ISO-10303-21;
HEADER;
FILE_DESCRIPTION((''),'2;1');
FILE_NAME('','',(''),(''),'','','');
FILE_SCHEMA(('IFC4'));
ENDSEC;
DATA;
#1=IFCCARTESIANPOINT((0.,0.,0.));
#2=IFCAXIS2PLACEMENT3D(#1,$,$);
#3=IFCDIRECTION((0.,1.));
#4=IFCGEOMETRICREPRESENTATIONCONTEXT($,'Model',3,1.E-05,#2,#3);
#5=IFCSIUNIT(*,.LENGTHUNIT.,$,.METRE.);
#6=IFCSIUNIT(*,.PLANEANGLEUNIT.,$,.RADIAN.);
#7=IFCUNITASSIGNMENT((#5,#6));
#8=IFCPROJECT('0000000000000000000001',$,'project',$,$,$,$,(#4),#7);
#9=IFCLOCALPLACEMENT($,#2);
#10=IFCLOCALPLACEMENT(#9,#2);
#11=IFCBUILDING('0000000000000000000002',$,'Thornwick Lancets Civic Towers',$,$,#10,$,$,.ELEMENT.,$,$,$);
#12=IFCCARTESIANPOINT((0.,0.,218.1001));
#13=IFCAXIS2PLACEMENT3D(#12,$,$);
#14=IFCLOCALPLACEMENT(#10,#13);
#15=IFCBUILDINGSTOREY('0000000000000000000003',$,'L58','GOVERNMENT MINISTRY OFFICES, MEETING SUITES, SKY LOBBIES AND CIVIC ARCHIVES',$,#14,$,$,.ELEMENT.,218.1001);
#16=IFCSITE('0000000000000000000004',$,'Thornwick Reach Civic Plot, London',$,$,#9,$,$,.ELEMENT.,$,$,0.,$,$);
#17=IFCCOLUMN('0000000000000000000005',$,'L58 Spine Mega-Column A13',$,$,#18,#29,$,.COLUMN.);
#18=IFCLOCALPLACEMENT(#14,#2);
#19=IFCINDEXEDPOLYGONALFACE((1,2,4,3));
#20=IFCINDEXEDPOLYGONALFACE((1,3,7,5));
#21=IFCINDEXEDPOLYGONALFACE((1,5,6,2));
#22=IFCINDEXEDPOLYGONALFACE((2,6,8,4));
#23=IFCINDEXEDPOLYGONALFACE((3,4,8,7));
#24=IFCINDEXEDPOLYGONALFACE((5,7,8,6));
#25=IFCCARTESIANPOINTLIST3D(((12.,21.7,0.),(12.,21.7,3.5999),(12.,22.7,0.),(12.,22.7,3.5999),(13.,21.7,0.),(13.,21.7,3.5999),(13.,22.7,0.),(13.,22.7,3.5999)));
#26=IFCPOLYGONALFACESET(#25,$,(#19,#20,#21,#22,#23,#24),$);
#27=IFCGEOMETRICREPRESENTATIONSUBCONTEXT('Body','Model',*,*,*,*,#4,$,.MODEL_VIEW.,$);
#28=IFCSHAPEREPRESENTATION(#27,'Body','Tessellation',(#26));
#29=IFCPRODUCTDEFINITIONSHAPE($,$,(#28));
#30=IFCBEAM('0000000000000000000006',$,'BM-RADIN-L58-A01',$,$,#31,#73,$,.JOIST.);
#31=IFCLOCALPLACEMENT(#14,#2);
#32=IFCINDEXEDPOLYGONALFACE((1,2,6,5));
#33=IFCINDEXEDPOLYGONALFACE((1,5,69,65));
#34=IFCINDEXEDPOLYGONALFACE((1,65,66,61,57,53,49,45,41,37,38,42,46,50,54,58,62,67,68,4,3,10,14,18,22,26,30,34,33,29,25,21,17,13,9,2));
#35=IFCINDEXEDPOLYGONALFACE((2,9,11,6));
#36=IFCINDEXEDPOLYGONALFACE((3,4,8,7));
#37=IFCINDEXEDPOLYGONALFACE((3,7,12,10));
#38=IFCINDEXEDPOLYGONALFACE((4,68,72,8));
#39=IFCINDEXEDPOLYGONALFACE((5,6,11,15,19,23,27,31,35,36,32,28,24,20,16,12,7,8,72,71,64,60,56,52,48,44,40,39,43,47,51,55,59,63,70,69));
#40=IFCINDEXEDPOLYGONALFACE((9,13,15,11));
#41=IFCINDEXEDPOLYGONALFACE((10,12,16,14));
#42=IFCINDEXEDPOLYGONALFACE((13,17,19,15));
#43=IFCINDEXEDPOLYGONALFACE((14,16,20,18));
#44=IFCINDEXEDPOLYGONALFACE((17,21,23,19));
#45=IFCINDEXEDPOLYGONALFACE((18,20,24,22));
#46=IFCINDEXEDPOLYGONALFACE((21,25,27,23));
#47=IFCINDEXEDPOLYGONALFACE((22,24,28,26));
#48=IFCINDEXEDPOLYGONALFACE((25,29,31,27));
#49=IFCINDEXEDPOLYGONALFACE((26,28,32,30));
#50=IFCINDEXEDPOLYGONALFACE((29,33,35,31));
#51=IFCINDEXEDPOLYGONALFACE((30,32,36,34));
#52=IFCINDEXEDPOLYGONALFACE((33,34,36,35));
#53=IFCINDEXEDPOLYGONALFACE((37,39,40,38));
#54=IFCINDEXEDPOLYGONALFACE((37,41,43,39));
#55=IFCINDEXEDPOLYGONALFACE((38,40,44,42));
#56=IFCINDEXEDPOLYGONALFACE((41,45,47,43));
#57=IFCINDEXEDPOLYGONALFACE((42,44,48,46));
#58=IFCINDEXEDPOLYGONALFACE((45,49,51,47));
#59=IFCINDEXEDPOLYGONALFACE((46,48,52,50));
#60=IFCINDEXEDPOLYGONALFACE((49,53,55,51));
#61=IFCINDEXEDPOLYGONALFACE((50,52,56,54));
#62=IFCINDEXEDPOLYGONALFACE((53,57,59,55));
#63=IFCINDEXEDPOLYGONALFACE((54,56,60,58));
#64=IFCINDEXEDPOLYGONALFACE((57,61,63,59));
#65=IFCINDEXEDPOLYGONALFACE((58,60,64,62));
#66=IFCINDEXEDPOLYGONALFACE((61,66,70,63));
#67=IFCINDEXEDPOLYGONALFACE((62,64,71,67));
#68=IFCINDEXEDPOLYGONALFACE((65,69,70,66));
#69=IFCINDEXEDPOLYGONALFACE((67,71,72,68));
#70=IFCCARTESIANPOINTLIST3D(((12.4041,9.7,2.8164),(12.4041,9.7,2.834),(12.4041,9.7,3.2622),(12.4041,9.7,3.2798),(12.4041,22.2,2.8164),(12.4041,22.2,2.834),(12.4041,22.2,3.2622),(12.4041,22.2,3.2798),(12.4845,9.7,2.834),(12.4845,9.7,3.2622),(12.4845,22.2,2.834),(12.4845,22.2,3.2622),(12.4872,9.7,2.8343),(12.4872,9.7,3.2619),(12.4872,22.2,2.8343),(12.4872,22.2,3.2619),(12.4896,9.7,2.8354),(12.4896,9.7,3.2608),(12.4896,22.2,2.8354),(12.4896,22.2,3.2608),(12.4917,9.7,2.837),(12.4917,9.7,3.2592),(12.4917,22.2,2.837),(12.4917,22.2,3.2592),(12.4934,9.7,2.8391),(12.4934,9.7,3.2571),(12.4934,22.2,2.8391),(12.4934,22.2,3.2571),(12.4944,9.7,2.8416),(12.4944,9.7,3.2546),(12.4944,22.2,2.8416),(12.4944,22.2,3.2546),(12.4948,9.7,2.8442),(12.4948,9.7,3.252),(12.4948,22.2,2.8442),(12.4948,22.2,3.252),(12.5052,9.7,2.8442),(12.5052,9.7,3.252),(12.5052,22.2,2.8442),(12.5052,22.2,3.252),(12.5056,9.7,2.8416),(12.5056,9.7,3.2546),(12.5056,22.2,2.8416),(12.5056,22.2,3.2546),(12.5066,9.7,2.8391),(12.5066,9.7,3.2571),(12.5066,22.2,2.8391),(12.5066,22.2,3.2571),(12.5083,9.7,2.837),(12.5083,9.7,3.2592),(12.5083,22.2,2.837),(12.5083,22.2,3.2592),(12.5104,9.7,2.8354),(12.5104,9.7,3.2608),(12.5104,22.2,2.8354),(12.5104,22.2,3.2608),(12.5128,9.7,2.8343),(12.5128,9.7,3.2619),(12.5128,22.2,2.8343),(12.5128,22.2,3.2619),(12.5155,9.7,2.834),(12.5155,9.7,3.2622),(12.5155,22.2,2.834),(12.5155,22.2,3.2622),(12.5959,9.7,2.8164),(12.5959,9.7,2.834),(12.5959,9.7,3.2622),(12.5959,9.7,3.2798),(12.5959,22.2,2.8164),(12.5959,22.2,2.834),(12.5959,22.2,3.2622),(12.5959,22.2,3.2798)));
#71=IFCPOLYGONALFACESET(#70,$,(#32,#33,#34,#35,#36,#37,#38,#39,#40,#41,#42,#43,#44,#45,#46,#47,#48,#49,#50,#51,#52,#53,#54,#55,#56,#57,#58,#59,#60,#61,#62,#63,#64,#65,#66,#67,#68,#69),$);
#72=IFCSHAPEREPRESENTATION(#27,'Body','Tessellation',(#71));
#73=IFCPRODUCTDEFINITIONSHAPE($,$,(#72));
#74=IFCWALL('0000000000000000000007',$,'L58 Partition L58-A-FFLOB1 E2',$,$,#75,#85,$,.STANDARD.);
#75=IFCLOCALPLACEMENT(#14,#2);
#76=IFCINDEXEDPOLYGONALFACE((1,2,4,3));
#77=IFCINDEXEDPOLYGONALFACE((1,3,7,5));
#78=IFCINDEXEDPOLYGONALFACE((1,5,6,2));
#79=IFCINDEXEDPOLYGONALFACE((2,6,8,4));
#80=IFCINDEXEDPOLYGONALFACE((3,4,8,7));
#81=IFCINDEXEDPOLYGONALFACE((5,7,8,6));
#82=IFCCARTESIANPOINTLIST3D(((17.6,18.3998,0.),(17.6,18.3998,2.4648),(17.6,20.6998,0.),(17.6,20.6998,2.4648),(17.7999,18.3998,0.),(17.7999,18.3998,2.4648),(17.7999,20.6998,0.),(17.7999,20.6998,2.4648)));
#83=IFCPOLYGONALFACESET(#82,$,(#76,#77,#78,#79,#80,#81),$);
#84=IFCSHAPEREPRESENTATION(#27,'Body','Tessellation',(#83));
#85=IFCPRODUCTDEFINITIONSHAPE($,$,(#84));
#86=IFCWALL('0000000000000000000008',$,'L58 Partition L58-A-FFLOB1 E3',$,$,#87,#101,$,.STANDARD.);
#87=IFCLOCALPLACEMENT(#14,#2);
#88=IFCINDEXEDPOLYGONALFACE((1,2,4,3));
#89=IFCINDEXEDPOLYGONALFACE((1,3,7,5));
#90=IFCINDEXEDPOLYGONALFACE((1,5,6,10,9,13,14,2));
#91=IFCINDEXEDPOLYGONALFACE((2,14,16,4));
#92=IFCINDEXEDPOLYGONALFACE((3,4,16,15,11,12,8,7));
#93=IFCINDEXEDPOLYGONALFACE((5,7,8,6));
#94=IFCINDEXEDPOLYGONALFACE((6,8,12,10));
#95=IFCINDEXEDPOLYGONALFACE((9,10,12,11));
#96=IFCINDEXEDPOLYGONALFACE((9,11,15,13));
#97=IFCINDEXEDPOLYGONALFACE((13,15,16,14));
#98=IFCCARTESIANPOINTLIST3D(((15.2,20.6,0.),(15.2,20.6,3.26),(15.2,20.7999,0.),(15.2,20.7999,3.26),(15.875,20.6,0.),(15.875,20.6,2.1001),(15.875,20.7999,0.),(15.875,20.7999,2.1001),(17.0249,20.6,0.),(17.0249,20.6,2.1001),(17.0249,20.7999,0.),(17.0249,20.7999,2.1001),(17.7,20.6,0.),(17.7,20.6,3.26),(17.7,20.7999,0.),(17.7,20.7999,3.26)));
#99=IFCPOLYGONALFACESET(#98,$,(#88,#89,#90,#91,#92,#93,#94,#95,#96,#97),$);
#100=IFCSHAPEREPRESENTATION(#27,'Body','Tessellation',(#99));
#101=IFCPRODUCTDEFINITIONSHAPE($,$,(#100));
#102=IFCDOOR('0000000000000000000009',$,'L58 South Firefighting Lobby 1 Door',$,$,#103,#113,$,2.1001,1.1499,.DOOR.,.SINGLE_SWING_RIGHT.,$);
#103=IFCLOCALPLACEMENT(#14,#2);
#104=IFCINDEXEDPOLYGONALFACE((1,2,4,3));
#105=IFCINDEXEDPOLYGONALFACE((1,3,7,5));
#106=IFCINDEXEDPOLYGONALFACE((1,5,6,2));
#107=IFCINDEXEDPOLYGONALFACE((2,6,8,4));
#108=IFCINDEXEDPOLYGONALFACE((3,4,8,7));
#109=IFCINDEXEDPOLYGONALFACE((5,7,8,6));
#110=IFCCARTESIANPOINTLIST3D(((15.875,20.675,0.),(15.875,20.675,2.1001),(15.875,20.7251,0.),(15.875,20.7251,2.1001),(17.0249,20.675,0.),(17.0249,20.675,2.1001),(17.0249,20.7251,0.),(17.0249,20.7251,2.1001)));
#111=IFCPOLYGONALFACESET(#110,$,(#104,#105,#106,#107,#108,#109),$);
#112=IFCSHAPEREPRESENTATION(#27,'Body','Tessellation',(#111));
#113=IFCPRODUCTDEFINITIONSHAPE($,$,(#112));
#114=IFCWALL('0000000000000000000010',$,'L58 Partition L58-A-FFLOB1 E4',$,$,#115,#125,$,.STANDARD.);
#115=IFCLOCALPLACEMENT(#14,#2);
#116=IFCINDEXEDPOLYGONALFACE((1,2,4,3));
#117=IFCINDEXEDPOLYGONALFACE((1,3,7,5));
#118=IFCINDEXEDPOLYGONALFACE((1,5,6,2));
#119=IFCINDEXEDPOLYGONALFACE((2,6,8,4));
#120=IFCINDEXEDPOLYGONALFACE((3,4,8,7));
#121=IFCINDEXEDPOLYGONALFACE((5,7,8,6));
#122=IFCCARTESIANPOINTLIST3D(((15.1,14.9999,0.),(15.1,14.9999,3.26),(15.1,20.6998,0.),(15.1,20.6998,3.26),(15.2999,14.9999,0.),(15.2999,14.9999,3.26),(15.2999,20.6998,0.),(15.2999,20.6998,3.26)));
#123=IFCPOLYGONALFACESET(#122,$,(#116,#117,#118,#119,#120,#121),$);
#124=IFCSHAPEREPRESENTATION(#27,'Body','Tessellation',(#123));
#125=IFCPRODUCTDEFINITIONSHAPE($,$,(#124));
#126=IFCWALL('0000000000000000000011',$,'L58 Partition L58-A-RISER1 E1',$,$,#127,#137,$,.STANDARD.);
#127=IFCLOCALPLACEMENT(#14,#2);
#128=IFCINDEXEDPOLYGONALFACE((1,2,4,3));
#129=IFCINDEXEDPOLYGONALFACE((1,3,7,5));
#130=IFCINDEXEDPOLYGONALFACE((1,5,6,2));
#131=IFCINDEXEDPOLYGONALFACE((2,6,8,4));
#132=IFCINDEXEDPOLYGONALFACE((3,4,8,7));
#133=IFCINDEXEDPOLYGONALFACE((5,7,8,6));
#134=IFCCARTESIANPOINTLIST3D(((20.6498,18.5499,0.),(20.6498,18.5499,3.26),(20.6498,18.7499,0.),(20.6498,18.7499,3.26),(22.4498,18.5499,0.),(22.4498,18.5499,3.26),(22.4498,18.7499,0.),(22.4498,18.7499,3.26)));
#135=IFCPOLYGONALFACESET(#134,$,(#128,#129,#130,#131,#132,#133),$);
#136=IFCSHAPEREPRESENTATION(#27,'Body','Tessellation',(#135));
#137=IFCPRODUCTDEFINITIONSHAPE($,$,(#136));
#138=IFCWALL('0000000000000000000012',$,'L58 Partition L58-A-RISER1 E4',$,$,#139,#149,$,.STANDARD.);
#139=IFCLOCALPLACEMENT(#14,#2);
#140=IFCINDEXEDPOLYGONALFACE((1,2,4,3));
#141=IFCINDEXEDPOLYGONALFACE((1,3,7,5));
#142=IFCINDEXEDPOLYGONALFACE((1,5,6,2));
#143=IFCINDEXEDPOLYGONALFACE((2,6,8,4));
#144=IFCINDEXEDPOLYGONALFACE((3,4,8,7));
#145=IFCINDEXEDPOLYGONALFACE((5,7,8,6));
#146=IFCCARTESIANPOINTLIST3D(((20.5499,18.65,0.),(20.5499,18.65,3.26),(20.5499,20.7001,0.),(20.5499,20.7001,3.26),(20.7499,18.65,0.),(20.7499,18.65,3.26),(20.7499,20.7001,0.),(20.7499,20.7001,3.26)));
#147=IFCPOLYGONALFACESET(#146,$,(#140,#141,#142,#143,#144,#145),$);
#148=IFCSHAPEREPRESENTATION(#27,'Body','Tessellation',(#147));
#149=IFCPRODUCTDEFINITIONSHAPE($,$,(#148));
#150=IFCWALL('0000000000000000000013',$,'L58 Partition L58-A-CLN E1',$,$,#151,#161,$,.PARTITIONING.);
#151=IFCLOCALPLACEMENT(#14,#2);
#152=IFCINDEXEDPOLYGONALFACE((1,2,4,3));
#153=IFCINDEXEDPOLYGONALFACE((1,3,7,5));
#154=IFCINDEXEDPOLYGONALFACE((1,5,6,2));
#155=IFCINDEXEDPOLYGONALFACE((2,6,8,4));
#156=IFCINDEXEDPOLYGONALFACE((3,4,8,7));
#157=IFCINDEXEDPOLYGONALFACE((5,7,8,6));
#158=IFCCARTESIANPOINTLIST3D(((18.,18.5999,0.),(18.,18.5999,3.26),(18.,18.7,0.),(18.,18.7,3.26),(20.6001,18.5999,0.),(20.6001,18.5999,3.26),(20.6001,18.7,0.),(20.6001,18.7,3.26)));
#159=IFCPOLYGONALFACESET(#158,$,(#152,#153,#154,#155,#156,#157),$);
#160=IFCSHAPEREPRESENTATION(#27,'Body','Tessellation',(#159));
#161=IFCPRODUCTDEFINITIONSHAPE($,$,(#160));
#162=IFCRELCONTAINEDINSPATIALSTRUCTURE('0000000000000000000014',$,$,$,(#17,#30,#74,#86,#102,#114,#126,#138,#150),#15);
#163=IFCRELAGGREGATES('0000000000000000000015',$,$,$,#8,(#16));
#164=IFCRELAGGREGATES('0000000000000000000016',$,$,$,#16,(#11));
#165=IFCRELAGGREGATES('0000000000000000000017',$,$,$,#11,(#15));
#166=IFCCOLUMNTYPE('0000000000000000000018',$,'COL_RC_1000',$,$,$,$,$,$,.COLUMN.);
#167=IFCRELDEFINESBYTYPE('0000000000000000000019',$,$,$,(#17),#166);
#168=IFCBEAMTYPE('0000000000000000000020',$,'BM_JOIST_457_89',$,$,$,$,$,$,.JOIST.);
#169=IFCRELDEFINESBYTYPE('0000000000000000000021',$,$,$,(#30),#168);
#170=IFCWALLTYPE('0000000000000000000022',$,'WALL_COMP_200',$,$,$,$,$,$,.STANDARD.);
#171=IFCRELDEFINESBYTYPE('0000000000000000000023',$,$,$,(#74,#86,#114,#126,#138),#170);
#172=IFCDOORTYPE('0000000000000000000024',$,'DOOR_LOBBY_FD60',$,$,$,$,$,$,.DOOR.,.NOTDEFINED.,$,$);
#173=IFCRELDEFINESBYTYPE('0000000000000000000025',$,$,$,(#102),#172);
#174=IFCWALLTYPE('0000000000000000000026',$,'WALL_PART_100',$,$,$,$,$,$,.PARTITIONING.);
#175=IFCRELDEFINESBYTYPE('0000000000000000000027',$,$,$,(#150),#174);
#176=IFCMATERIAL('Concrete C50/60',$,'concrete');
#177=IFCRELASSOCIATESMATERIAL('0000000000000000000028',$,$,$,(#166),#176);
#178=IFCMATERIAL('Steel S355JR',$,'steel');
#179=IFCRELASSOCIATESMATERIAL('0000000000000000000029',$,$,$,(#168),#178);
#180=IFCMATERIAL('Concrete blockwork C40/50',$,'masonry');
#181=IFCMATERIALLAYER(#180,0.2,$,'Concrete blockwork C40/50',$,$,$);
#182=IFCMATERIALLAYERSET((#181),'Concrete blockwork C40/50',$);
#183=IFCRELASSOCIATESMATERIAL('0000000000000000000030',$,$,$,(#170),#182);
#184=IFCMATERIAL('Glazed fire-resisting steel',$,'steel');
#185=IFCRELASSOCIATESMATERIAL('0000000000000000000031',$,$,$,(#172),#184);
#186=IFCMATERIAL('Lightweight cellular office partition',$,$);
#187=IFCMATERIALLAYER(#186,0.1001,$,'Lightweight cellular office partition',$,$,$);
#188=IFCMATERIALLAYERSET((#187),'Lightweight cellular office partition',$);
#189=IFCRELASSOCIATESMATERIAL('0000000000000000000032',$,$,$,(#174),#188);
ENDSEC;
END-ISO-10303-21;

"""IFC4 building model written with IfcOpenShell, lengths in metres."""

from ifc_helpers import new_model, si_unit, direction, frame, frame_2d, origin, origin_2d, place, context, subcontext, project, spatial, rectangle, i_section, extrude, material, layer, layer_set, material_profile, profile_set, type_object, element, fill, save


model = new_model("IFC4")

# Units and contexts
model_context = context("Model", 3, precision=1e-05, world=origin(), true_north=direction((0.0, 1.0)))
body_context = subcontext(model_context, "Body", "Model", "MODEL_VIEW")
ifc_project = project(units=[si_unit("LENGTHUNIT", "METRE"), si_unit("PLANEANGLEUNIT", "RADIAN")], contexts=[model_context])

# Site, building, storey
site_placement = place(None, origin())
site = spatial("IfcSite", under=ifc_project, at=site_placement, Name="Thornwick Reach Civic Plot, London", CompositionType="ELEMENT", RefElevation=0.0)
building_placement = place(site_placement, origin())
building = spatial("IfcBuilding", under=site, at=building_placement, Name="Thornwick Lancets Civic Towers", CompositionType="ELEMENT")
storey_placement = place(building_placement, frame((0.0, 0.0, 218.1001)))
storey = spatial("IfcBuildingStorey", under=building, at=storey_placement, Name="L58", Description="GOVERNMENT MINISTRY OFFICES, MEETING SUITES, SKY LOBBIES AND CIVIC ARCHIVES", CompositionType="ELEMENT", Elevation=218.1001)

# Column
ifc_material_1 = material(Name="Concrete C50/60", Category="concrete")
ifc_material_profile_1 = material_profile(ifc_material_1, rectangle(XDim=1.0, YDim=1.0, at=origin_2d()), Name="RC 1000x1000")
ifc_profile_set_1 = profile_set([ifc_material_profile_1], Name="Concrete C50/60")
column_type = type_object("IfcColumnType", Name="COL_RC_1000", PredefinedType="COLUMN", material=ifc_profile_set_1)
column_placement = place(storey_placement, frame((12.5, 22.2, 0.0), z_axis=(0.0, 0.0, 1.0), x_axis=(1.0, 0.0, 0.0)))
element("IfcColumn", 1, at=column_placement, inside=storey, type_object=column_type, Name="L58 Spine Mega-Column A13", PredefinedType="COLUMN", context=body_context, shape_type="SweptSolid", body=[
    extrude(rectangle(XDim=1.0, YDim=1.0, at=origin_2d()), origin(), (0.0, 0.0, 1.0), 3.5999),
])

# Beam
ifc_material_2 = material(Name="Steel S355JR", Category="steel")
ifc_material_profile_2 = material_profile(ifc_material_2, i_section(OverallWidth=0.1919, OverallDepth=0.4634, WebThickness=0.0105, FlangeThickness=0.0176, FilletRadius=0.0103, at=origin_2d()), Name="UKB 457x191x89")
ifc_profile_set_2 = profile_set([ifc_material_profile_2], Name="Steel S355JR")
beam_type = type_object("IfcBeamType", Name="BM_JOIST_457_89", PredefinedType="JOIST", material=ifc_profile_set_2)
beam_placement = place(storey_placement, frame((12.5, 22.2, 3.0481), z_axis=(0.0, -1.0, 0.0), x_axis=(1.0, 0.0, 0.0)))
element("IfcBeam", 2, at=beam_placement, inside=storey, type_object=beam_type, Name="BM-RADIN-L58-A01", PredefinedType="JOIST", context=body_context, shape_type="SweptSolid", body=[
    extrude(i_section(OverallWidth=0.1919, OverallDepth=0.4634, WebThickness=0.0105, FlangeThickness=0.0176, FilletRadius=0.0103, at=origin_2d()), origin(), (0.0, 0.0, 1.0), 12.5),
])

# Wall
ifc_material_3 = material(Name="Concrete blockwork C40/50", Category="masonry")
ifc_layer_1 = layer(ifc_material_3, 0.2, Name="Concrete blockwork C40/50")
ifc_layer_set_1 = layer_set([ifc_layer_1], Name="Concrete blockwork C40/50")
wall_type_1 = type_object("IfcWallType", Name="WALL_COMP_200", PredefinedType="STANDARD", material=ifc_layer_set_1)
wall_1_placement = place(storey_placement, frame((17.7, 18.3999, 0.0), z_axis=(0.0, 0.0, 1.0), x_axis=(0.0, 1.0, 0.0)))
element("IfcWall", 3, at=wall_1_placement, inside=storey, type_object=wall_type_1, Name="L58 Partition L58-A-FFLOB1 E2", PredefinedType="STANDARD", context=body_context, shape_type="SweptSolid", body=[
    extrude(rectangle(XDim=2.3, YDim=0.2, at=frame_2d((1.1499, 0.0))), origin(), (0.0, 0.0, 1.0), 2.4648),
])

# Wall, opening, door
wall_2_placement = place(storey_placement, frame((17.7, 20.7, 0.0), z_axis=(0.0, 0.0, 1.0), x_axis=(-1.0, 0.0, 0.0)))
wall_2 = element("IfcWall", 4, at=wall_2_placement, inside=storey, type_object=wall_type_1, Name="L58 Partition L58-A-FFLOB1 E3", PredefinedType="STANDARD", context=body_context, shape_type="SweptSolid", body=[
    extrude(rectangle(XDim=2.5, YDim=0.2, at=frame_2d((1.25, 0.0))), origin(), (0.0, 0.0, 1.0), 3.26),
])
opening_1_placement = place(wall_2_placement, frame((0.675, 0.0, 0.0)))
opening_1 = element("IfcOpeningElement", 5, at=opening_1_placement, cuts=wall_2, PredefinedType="OPENING", context=body_context, shape_type="SweptSolid", body=[
    extrude(rectangle(XDim=1.1499, YDim=2.1001, at=frame_2d((0.575, 1.05))), frame((0.0, 0.1099, 0.0), z_axis=(0.0, -1.0, 0.0), x_axis=(1.0, 0.0, 0.0)), (0.0, 0.0, 1.0), 0.22),
])
ifc_material_4 = material(Name="Glazed fire-resisting steel", Category="steel")
door_type_1 = type_object("IfcDoorType", Name="DOOR_LOBBY_FD60", OperationType="NOTDEFINED", PredefinedType="DOOR", material=ifc_material_4)
door_1_placement = place(opening_1_placement, origin())
door_1 = element("IfcDoor", 6, at=door_1_placement, inside=storey, type_object=door_type_1, Name="L58 South Firefighting Lobby 1 Door", OperationType="SINGLE_SWING_RIGHT", OverallHeight=2.1001, OverallWidth=1.1499, PredefinedType="DOOR", context=body_context, shape_type="SweptSolid", body=[
    extrude(rectangle(XDim=1.1499, YDim=2.1001, at=frame_2d((0.575, 1.05))), frame((0.0, 0.0249, 0.0), z_axis=(0.0, -1.0, 0.0), x_axis=(1.0, 0.0, 0.0)), (0.0, 0.0, 1.0), 0.05),
])
fill(opening_1, door_1)

# Walls
wall_3_placement = place(storey_placement, frame((15.2, 20.7, 0.0), z_axis=(0.0, 0.0, 1.0), x_axis=(0.0, -1.0, 0.0)))
element("IfcWall", 7, at=wall_3_placement, inside=storey, type_object=wall_type_1, Name="L58 Partition L58-A-FFLOB1 E4", PredefinedType="STANDARD", context=body_context, shape_type="SweptSolid", body=[
    extrude(rectangle(XDim=5.7, YDim=0.2, at=frame_2d((2.8501, 0.0))), origin(), (0.0, 0.0, 1.0), 3.26),
])
wall_4_placement = place(storey_placement, frame((20.6499, 18.6499, 0.0), z_axis=(0.0, 0.0, 1.0), x_axis=(1.0, 0.0, 0.0)))
element("IfcWall", 8, at=wall_4_placement, inside=storey, type_object=wall_type_1, Name="L58 Partition L58-A-RISER1 E1", PredefinedType="STANDARD", context=body_context, shape_type="SweptSolid", body=[
    extrude(rectangle(XDim=1.8, YDim=0.2, at=frame_2d((0.8999, 0.0))), origin(), (0.0, 0.0, 1.0), 3.26),
])
wall_5_placement = place(storey_placement, frame((20.6499, 20.7, 0.0), z_axis=(0.0, 0.0, 1.0), x_axis=(0.0, -1.0, 0.0)))
element("IfcWall", 9, at=wall_5_placement, inside=storey, type_object=wall_type_1, Name="L58 Partition L58-A-RISER1 E4", PredefinedType="STANDARD", context=body_context, shape_type="SweptSolid", body=[
    extrude(rectangle(XDim=2.05, YDim=0.2, at=frame_2d((1.0249, 0.0))), origin(), (0.0, 0.0, 1.0), 3.26),
])
ifc_material_5 = material(Name="Lightweight cellular office partition")
ifc_layer_2 = layer(ifc_material_5, 0.1001, Name="Lightweight cellular office partition")
ifc_layer_set_2 = layer_set([ifc_layer_2], Name="Lightweight cellular office partition")
wall_type_2 = type_object("IfcWallType", Name="WALL_PART_100", PredefinedType="PARTITIONING", material=ifc_layer_set_2)
wall_6_placement = place(storey_placement, frame((18.0, 18.6499, 0.0), z_axis=(0.0, 0.0, 1.0), x_axis=(1.0, 0.0, 0.0)))
element("IfcWall", 10, at=wall_6_placement, inside=storey, type_object=wall_type_2, Name="L58 Partition L58-A-CLN E1", PredefinedType="PARTITIONING", context=body_context, shape_type="SweptSolid", body=[
    extrude(rectangle(XDim=2.6001, YDim=0.1001, at=frame_2d((1.3, 0.0))), origin(), (0.0, 0.0, 1.0), 3.26),
])

save(model, "model.ifc")
